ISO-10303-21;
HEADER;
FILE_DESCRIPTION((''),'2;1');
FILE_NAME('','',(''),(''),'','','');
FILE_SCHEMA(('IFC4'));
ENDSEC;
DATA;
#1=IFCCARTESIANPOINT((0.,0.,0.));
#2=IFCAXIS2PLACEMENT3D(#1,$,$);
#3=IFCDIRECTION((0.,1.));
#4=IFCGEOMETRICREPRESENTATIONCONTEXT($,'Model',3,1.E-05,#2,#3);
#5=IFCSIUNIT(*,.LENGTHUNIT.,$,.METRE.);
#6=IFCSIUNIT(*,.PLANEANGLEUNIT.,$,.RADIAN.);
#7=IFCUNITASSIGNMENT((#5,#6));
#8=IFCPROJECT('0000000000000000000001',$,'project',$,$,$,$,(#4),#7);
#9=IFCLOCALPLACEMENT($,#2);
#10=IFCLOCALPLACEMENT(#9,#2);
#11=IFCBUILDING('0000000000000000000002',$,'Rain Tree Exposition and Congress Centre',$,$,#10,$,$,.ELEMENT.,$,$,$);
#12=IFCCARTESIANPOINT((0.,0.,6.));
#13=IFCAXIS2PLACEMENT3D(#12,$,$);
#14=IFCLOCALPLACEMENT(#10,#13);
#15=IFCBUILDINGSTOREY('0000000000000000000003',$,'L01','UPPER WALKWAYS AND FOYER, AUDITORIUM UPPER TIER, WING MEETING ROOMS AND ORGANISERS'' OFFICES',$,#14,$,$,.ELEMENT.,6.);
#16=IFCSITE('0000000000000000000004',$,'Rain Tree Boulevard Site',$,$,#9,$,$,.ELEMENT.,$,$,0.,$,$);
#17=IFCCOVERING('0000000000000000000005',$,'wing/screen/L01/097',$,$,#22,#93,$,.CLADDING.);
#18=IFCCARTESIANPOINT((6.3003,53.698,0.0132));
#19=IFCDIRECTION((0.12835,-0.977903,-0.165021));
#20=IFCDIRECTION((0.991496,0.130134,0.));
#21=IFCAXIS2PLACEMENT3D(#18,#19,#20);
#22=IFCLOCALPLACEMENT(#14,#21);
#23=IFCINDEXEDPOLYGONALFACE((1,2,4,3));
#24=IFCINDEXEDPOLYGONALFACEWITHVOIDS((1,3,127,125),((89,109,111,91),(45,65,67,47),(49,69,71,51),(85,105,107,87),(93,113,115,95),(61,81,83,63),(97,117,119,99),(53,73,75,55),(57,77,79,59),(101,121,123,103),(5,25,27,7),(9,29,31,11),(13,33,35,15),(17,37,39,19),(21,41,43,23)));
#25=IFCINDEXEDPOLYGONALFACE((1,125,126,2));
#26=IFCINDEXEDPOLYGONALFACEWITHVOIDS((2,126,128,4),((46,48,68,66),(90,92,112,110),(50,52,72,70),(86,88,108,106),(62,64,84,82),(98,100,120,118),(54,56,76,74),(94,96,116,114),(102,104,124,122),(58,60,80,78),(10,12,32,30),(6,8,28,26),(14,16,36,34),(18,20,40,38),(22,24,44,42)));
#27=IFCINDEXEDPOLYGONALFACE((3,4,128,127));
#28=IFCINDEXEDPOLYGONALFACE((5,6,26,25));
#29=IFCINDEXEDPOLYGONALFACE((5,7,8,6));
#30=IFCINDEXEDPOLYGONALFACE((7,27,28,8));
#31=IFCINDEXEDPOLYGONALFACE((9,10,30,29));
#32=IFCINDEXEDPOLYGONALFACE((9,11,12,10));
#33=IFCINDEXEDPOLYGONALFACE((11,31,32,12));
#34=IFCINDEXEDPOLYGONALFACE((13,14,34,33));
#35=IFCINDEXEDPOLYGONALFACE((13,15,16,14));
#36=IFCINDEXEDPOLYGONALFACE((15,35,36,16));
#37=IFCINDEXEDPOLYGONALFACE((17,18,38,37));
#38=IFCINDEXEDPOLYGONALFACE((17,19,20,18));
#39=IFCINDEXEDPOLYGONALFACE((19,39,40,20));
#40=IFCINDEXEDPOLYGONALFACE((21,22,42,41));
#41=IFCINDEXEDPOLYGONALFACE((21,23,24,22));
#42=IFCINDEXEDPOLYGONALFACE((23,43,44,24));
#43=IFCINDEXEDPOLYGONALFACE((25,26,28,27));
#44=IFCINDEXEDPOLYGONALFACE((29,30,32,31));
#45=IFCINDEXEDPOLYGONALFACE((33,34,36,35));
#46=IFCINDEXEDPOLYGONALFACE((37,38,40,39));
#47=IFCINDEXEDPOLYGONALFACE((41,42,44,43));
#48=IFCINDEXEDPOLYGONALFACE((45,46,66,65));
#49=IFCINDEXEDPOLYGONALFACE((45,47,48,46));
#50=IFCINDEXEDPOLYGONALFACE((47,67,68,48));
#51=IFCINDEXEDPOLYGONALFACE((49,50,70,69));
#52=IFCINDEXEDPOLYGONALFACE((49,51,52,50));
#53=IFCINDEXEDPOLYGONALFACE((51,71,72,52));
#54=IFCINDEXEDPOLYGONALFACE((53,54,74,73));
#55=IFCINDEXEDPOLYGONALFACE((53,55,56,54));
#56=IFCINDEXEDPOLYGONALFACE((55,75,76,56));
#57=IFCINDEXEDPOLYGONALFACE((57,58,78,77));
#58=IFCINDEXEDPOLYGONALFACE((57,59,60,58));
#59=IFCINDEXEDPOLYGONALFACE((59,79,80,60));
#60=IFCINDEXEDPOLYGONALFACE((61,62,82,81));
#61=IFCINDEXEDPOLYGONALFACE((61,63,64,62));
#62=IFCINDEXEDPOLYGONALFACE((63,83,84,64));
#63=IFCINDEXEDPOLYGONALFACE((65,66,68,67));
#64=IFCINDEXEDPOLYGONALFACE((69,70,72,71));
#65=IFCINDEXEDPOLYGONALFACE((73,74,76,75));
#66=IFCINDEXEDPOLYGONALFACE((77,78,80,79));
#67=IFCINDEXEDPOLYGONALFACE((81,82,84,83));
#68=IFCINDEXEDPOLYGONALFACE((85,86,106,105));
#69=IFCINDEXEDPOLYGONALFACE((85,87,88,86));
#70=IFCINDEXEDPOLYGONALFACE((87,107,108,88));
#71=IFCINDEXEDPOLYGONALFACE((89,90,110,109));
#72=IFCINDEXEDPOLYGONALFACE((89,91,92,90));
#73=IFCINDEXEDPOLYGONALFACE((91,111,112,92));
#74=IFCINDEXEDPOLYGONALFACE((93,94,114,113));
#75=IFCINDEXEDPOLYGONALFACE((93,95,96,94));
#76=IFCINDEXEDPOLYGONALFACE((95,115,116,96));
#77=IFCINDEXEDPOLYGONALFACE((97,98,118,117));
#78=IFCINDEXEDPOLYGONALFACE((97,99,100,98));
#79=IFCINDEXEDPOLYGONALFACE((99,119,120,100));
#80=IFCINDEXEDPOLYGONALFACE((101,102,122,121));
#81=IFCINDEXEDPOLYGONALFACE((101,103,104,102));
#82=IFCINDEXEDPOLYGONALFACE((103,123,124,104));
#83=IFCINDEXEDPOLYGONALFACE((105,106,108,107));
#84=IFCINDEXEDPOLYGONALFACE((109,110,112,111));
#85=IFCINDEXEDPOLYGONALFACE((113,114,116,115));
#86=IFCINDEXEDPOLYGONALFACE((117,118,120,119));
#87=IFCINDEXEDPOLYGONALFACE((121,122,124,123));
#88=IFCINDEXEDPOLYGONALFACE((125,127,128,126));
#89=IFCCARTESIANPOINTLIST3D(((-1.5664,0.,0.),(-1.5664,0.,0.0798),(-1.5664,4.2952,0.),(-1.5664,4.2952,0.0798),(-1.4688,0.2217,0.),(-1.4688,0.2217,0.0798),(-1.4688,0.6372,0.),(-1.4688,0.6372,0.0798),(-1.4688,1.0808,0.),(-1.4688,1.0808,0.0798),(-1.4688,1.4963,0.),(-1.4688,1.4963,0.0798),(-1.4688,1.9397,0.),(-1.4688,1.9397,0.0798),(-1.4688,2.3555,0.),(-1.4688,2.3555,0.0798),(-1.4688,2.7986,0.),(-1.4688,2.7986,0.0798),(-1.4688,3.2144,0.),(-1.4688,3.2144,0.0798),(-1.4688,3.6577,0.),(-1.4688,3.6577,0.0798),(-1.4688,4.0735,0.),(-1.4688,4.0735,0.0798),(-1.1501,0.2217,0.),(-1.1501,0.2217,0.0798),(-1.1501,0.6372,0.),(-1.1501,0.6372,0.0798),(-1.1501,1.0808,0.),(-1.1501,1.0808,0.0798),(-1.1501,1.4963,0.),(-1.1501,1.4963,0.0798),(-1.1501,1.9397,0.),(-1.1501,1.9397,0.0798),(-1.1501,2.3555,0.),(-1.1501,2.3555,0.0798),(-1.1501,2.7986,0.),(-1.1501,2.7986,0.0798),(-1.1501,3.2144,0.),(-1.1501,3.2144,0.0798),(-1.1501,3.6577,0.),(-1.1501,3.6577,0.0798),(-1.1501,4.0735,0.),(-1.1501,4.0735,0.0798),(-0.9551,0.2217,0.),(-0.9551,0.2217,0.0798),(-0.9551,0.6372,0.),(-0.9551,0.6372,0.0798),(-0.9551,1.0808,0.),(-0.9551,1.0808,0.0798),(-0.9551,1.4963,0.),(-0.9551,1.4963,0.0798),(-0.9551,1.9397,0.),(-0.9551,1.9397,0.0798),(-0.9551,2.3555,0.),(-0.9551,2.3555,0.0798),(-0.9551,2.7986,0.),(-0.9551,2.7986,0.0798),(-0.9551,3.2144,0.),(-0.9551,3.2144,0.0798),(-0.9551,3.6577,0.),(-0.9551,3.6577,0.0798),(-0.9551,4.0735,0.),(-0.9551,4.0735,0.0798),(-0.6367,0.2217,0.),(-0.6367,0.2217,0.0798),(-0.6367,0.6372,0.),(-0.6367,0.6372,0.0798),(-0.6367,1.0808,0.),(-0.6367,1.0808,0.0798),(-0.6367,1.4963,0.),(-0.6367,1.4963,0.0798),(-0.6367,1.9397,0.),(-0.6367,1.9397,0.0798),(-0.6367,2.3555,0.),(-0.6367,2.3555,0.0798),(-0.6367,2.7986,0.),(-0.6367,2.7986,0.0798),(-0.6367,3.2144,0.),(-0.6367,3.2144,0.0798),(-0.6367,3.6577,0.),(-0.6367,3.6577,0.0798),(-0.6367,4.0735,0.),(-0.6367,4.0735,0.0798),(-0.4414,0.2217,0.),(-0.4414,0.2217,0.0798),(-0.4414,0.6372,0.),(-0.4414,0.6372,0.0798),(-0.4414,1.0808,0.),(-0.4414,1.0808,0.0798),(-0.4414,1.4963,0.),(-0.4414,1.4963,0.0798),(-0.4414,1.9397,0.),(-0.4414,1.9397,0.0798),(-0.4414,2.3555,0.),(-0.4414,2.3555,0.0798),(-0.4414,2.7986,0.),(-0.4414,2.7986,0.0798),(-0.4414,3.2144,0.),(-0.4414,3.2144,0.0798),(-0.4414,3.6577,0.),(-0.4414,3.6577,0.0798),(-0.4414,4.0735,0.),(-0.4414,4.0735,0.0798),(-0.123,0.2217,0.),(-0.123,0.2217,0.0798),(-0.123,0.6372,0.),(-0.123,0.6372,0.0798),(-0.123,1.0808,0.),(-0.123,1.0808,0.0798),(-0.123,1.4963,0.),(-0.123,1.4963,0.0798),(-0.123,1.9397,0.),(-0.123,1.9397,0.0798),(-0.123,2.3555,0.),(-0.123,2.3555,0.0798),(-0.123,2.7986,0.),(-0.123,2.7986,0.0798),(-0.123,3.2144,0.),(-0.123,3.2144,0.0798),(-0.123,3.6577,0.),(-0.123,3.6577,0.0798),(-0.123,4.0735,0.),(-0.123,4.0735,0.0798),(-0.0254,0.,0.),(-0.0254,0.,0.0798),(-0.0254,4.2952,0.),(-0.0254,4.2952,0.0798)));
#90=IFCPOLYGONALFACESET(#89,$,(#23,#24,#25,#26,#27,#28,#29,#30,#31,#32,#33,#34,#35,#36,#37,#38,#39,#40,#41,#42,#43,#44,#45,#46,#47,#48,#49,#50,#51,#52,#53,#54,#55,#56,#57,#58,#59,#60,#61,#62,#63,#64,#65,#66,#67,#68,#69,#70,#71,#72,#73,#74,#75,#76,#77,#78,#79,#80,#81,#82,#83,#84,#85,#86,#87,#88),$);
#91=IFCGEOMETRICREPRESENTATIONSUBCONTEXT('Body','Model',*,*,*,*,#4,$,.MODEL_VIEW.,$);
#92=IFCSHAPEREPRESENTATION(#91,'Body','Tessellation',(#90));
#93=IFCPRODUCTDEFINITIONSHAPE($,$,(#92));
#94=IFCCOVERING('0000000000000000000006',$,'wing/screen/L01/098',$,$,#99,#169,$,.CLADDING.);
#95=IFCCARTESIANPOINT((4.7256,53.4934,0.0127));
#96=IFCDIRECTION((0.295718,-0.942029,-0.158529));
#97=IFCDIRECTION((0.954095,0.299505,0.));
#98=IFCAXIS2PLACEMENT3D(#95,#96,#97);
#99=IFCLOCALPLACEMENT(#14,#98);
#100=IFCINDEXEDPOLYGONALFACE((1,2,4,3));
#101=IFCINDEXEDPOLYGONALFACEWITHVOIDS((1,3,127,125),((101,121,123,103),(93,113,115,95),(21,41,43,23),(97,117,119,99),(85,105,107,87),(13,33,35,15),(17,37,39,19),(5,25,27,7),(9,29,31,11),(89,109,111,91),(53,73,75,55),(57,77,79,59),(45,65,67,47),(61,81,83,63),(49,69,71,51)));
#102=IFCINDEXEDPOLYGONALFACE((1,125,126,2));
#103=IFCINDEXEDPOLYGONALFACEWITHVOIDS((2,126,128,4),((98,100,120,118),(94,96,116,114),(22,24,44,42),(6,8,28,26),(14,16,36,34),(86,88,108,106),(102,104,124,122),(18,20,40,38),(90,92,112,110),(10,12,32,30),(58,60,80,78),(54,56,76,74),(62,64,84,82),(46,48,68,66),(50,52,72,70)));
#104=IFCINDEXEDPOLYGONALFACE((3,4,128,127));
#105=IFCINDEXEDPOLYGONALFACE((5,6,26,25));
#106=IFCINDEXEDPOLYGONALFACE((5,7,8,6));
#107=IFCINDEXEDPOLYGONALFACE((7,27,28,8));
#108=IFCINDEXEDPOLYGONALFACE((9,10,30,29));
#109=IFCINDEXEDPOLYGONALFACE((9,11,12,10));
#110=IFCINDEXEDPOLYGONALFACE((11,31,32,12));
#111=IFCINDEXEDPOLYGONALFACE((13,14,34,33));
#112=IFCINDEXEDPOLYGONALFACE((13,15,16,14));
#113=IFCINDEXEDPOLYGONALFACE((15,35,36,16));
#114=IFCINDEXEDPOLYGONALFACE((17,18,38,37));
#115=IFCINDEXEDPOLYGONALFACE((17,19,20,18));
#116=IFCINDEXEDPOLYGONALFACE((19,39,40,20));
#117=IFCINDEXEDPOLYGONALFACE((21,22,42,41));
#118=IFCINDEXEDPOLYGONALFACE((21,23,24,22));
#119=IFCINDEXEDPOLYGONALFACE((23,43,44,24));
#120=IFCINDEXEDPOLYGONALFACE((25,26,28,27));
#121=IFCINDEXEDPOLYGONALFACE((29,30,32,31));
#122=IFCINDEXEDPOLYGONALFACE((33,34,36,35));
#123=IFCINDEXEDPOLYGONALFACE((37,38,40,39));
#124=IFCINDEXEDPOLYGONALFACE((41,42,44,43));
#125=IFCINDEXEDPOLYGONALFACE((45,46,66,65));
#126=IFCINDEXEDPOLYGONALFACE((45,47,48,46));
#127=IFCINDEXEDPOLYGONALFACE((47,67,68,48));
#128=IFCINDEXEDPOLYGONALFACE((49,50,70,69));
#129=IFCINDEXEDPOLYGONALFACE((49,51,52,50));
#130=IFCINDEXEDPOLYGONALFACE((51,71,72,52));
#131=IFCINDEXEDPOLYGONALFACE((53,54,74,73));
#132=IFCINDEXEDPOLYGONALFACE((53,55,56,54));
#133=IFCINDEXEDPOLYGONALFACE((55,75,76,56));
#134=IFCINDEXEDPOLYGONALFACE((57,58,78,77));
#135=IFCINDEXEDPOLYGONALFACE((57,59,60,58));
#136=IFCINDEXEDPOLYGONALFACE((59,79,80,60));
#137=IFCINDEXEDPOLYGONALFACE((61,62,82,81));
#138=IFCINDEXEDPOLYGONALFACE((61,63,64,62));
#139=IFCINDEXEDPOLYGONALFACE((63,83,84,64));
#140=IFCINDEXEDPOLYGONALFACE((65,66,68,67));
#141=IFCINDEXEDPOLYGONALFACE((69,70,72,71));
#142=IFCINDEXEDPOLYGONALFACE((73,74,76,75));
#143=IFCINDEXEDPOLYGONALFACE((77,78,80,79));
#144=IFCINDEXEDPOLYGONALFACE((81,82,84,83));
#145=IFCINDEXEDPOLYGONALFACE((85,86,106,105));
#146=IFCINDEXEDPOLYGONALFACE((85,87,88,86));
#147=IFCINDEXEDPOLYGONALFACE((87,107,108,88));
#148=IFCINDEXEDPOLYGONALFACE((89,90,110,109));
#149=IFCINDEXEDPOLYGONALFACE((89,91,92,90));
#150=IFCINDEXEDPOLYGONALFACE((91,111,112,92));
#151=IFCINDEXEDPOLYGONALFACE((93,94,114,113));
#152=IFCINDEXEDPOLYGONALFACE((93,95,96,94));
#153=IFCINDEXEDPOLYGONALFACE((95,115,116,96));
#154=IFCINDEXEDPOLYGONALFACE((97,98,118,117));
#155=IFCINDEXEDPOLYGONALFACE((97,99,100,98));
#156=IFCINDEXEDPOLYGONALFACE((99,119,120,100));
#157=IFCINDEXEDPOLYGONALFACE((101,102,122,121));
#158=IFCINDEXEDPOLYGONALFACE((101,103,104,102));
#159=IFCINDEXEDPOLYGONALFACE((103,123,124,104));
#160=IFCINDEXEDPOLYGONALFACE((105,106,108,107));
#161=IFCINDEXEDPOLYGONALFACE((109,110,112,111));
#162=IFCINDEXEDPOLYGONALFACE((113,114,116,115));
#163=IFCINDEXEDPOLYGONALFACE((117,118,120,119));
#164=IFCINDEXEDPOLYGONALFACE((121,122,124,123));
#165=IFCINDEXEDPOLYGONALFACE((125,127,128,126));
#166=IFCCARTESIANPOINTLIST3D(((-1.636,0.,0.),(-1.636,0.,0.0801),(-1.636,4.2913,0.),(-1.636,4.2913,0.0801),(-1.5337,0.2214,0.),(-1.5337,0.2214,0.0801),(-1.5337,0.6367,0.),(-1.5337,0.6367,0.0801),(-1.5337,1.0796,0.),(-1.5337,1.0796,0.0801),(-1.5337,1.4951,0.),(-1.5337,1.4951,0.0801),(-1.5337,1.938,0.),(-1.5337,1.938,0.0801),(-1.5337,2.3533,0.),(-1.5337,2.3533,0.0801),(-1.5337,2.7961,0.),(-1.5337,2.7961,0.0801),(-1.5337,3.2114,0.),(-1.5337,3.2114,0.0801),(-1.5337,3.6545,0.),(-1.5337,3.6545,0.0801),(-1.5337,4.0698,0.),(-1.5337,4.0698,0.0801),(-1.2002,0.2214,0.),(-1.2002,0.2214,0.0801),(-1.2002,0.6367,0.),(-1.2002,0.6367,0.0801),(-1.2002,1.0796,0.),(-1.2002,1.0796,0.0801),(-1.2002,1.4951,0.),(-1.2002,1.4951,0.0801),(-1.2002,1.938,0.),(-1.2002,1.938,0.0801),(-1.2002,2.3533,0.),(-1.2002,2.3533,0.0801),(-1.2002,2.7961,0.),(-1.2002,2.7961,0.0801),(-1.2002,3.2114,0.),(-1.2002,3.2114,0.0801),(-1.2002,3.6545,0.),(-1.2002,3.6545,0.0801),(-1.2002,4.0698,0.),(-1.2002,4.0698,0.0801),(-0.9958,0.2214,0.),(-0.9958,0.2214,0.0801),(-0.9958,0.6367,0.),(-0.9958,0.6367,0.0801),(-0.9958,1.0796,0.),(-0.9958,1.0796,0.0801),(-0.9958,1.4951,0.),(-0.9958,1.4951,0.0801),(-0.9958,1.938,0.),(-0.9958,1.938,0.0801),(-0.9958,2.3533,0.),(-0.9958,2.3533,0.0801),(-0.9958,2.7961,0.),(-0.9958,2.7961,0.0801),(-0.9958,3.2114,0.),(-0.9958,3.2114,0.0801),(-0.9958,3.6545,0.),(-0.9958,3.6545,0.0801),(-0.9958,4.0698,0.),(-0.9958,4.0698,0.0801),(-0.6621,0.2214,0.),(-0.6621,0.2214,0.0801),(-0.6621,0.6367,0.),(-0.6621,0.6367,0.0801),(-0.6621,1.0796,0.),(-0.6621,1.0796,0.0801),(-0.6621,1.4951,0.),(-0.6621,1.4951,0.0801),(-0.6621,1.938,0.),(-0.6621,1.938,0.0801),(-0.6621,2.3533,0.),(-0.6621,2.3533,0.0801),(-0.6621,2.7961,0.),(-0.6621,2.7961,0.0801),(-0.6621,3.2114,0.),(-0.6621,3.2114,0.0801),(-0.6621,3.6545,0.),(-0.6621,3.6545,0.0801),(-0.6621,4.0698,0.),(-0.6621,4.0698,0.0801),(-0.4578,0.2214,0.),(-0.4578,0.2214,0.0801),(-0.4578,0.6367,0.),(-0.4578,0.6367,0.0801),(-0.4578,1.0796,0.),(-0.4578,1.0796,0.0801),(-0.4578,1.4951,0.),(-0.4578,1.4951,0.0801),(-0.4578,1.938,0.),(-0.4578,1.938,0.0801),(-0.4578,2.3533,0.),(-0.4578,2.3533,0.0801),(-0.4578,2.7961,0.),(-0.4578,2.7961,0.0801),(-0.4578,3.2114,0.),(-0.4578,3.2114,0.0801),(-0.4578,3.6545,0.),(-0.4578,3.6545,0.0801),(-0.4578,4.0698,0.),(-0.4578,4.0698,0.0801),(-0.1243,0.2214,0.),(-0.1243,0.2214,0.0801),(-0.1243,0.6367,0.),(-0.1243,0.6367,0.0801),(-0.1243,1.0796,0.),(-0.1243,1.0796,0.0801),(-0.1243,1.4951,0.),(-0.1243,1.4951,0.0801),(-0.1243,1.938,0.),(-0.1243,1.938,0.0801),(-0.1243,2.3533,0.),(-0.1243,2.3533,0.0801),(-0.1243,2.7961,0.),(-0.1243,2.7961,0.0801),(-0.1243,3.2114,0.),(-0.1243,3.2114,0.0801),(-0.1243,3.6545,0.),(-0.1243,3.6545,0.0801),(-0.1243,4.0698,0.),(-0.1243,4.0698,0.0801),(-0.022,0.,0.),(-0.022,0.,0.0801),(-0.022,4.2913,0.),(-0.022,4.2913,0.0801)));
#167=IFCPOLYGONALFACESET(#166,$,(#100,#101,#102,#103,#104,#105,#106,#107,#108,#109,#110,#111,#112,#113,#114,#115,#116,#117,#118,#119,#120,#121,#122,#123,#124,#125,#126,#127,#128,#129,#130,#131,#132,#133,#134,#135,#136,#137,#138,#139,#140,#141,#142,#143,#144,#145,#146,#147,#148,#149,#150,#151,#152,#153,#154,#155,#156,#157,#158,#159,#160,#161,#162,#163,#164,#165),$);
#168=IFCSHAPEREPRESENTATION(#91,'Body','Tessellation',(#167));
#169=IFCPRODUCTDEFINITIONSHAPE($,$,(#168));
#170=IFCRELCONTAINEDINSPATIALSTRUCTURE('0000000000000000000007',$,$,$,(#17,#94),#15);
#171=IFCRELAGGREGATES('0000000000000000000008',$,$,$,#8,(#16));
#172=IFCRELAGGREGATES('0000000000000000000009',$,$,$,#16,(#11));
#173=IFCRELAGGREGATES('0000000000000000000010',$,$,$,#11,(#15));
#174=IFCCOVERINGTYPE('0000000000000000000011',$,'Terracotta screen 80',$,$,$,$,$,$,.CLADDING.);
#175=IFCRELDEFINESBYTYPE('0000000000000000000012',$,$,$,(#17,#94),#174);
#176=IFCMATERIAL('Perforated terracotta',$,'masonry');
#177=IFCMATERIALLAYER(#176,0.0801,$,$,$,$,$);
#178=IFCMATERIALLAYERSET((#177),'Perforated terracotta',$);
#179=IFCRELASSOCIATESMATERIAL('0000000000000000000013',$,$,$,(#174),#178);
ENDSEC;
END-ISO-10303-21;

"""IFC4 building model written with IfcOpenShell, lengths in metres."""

from ifc_helpers import new_model, si_unit, direction, frame, origin, place, context, subcontext, project, spatial, polyline, outline, extrude, material, layer, layer_set, type_object, element, save


model = new_model("IFC4")

# Units and contexts
model_context = context("Model", 3, precision=1e-05, world=origin(), true_north=direction((0.0, 1.0)))
body_context = subcontext(model_context, "Body", "Model", "MODEL_VIEW")
ifc_project = project(units=[si_unit("LENGTHUNIT", "METRE"), si_unit("PLANEANGLEUNIT", "RADIAN")], contexts=[model_context])

# Site, building, storey
site_placement = place(None, origin())
site = spatial("IfcSite", under=ifc_project, at=site_placement, Name="Rain Tree Boulevard Site", CompositionType="ELEMENT", RefElevation=0.0)
building_placement = place(site_placement, origin())
building = spatial("IfcBuilding", under=site, at=building_placement, Name="Rain Tree Exposition and Congress Centre", CompositionType="ELEMENT")
storey_placement = place(building_placement, frame((0.0, 0.0, 6.0)))
storey = spatial("IfcBuildingStorey", under=building, at=storey_placement, Name="L01", Description="UPPER WALKWAYS AND FOYER, AUDITORIUM UPPER TIER, WING MEETING ROOMS AND ORGANISERS' OFFICES", CompositionType="ELEMENT", Elevation=6.0)

# Coverings
ifc_material_1 = material(Name="Perforated terracotta", Category="masonry")
ifc_layer = layer(ifc_material_1, 0.0801)
ifc_layer_set = layer_set([ifc_layer], Name="Perforated terracotta")
covering_type = type_object("IfcCoveringType", Name="Terracotta screen 80", PredefinedType="CLADDING", material=ifc_layer_set)
covering_1_placement = place(storey_placement, frame((6.3003, 53.698, 0.0132), z_axis=(0.12835, -0.977903, -0.165021), x_axis=(0.991496, 0.130134, 0.0)))
element("IfcCovering", 1, at=covering_1_placement, inside=storey, type_object=covering_type, Name="wing/screen/L01/097", PredefinedType="CLADDING", context=body_context, shape_type="SweptSolid", body=[
    extrude(outline(polyline([(-1.5664, 0.0), (-1.5664, 4.2952), (-0.0254, 4.2952), (-0.0254, 0.0), (-1.5664, 0.0)]), holes=[polyline([(-0.123, 0.2217), (-0.123, 0.6372), (-0.4414, 0.6372), (-0.4414, 0.2217), (-0.123, 0.2217)]), polyline([(-0.123, 1.0808), (-0.123, 1.4963), (-0.4414, 1.4963), (-0.4414, 1.0808), (-0.123, 1.0808)]), polyline([(-0.123, 1.9397), (-0.123, 2.3555), (-0.4414, 2.3555), (-0.4414, 1.9397), (-0.123, 1.9397)]), polyline([(-0.123, 2.7986), (-0.123, 3.2144), (-0.4414, 3.2144), (-0.4414, 2.7986), (-0.123, 2.7986)]), polyline([(-0.123, 3.6577), (-0.123, 4.0735), (-0.4414, 4.0735), (-0.4414, 3.6577), (-0.123, 3.6577)]), polyline([(-0.6367, 0.2217), (-0.6367, 0.6372), (-0.9551, 0.6372), (-0.9551, 0.2217), (-0.6367, 0.2217)]), polyline([(-0.6367, 1.0808), (-0.6367, 1.4963), (-0.9551, 1.4963), (-0.9551, 1.0808), (-0.6367, 1.0808)]), polyline([(-0.6367, 1.9397), (-0.6367, 2.3555), (-0.9551, 2.3555), (-0.9551, 1.9397), (-0.6367, 1.9397)]), polyline([(-0.6367, 2.7986), (-0.6367, 3.2144), (-0.9551, 3.2144), (-0.9551, 2.7986), (-0.6367, 2.7986)]), polyline([(-0.6367, 3.6577), (-0.6367, 4.0735), (-0.9551, 4.0735), (-0.9551, 3.6577), (-0.6367, 3.6577)]), polyline([(-1.1501, 0.2217), (-1.1501, 0.6372), (-1.4688, 0.6372), (-1.4688, 0.2217), (-1.1501, 0.2217)]), polyline([(-1.1501, 1.0808), (-1.1501, 1.4963), (-1.4688, 1.4963), (-1.4688, 1.0808), (-1.1501, 1.0808)]), polyline([(-1.1501, 1.9397), (-1.1501, 2.3555), (-1.4688, 2.3555), (-1.4688, 1.9397), (-1.1501, 1.9397)]), polyline([(-1.1501, 2.7986), (-1.1501, 3.2144), (-1.4688, 3.2144), (-1.4688, 2.7986), (-1.1501, 2.7986)]), polyline([(-1.1501, 3.6577), (-1.1501, 4.0735), (-1.4688, 4.0735), (-1.4688, 3.6577), (-1.1501, 3.6577)])]), origin(), (0.0, 0.0, 1.0), 0.0798),
])
covering_2_placement = place(storey_placement, frame((4.7256, 53.4934, 0.0127), z_axis=(0.295718, -0.942029, -0.158529), x_axis=(0.954095, 0.299505, 0.0)))
element("IfcCovering", 2, at=covering_2_placement, inside=storey, type_object=covering_type, Name="wing/screen/L01/098", PredefinedType="CLADDING", context=body_context, shape_type="SweptSolid", body=[
    extrude(outline(polyline([(-1.636, 0.0), (-1.636, 4.2913), (-0.022, 4.2913), (-0.022, 0.0), (-1.636, 0.0)]), holes=[polyline([(-0.1243, 0.2214), (-0.1243, 0.6367), (-0.4578, 0.6367), (-0.4578, 0.2214), (-0.1243, 0.2214)]), polyline([(-0.1243, 1.0796), (-0.1243, 1.4951), (-0.4578, 1.4951), (-0.4578, 1.0796), (-0.1243, 1.0796)]), polyline([(-0.1243, 1.938), (-0.1243, 2.3533), (-0.4578, 2.3533), (-0.4578, 1.938), (-0.1243, 1.938)]), polyline([(-0.1243, 2.7961), (-0.1243, 3.2114), (-0.4578, 3.2114), (-0.4578, 2.7961), (-0.1243, 2.7961)]), polyline([(-0.1243, 3.6545), (-0.1243, 4.0698), (-0.4578, 4.0698), (-0.4578, 3.6545), (-0.1243, 3.6545)]), polyline([(-0.6621, 0.2214), (-0.6621, 0.6367), (-0.9958, 0.6367), (-0.9958, 0.2214), (-0.6621, 0.2214)]), polyline([(-0.6621, 1.0796), (-0.6621, 1.4951), (-0.9958, 1.4951), (-0.9958, 1.0796), (-0.6621, 1.0796)]), polyline([(-0.6621, 1.938), (-0.6621, 2.3533), (-0.9958, 2.3533), (-0.9958, 1.938), (-0.6621, 1.938)]), polyline([(-0.6621, 2.7961), (-0.6621, 3.2114), (-0.9958, 3.2114), (-0.9958, 2.7961), (-0.6621, 2.7961)]), polyline([(-0.6621, 3.6545), (-0.6621, 4.0698), (-0.9958, 4.0698), (-0.9958, 3.6545), (-0.6621, 3.6545)]), polyline([(-1.2002, 0.2214), (-1.2002, 0.6367), (-1.5337, 0.6367), (-1.5337, 0.2214), (-1.2002, 0.2214)]), polyline([(-1.2002, 1.0796), (-1.2002, 1.4951), (-1.5337, 1.4951), (-1.5337, 1.0796), (-1.2002, 1.0796)]), polyline([(-1.2002, 1.938), (-1.2002, 2.3533), (-1.5337, 2.3533), (-1.5337, 1.938), (-1.2002, 1.938)]), polyline([(-1.2002, 2.7961), (-1.2002, 3.2114), (-1.5337, 3.2114), (-1.5337, 2.7961), (-1.2002, 2.7961)]), polyline([(-1.2002, 3.6545), (-1.2002, 4.0698), (-1.5337, 4.0698), (-1.5337, 3.6545), (-1.2002, 3.6545)])]), origin(), (0.0, 0.0, 1.0), 0.0801),
])

save(model, "model.ifc")
